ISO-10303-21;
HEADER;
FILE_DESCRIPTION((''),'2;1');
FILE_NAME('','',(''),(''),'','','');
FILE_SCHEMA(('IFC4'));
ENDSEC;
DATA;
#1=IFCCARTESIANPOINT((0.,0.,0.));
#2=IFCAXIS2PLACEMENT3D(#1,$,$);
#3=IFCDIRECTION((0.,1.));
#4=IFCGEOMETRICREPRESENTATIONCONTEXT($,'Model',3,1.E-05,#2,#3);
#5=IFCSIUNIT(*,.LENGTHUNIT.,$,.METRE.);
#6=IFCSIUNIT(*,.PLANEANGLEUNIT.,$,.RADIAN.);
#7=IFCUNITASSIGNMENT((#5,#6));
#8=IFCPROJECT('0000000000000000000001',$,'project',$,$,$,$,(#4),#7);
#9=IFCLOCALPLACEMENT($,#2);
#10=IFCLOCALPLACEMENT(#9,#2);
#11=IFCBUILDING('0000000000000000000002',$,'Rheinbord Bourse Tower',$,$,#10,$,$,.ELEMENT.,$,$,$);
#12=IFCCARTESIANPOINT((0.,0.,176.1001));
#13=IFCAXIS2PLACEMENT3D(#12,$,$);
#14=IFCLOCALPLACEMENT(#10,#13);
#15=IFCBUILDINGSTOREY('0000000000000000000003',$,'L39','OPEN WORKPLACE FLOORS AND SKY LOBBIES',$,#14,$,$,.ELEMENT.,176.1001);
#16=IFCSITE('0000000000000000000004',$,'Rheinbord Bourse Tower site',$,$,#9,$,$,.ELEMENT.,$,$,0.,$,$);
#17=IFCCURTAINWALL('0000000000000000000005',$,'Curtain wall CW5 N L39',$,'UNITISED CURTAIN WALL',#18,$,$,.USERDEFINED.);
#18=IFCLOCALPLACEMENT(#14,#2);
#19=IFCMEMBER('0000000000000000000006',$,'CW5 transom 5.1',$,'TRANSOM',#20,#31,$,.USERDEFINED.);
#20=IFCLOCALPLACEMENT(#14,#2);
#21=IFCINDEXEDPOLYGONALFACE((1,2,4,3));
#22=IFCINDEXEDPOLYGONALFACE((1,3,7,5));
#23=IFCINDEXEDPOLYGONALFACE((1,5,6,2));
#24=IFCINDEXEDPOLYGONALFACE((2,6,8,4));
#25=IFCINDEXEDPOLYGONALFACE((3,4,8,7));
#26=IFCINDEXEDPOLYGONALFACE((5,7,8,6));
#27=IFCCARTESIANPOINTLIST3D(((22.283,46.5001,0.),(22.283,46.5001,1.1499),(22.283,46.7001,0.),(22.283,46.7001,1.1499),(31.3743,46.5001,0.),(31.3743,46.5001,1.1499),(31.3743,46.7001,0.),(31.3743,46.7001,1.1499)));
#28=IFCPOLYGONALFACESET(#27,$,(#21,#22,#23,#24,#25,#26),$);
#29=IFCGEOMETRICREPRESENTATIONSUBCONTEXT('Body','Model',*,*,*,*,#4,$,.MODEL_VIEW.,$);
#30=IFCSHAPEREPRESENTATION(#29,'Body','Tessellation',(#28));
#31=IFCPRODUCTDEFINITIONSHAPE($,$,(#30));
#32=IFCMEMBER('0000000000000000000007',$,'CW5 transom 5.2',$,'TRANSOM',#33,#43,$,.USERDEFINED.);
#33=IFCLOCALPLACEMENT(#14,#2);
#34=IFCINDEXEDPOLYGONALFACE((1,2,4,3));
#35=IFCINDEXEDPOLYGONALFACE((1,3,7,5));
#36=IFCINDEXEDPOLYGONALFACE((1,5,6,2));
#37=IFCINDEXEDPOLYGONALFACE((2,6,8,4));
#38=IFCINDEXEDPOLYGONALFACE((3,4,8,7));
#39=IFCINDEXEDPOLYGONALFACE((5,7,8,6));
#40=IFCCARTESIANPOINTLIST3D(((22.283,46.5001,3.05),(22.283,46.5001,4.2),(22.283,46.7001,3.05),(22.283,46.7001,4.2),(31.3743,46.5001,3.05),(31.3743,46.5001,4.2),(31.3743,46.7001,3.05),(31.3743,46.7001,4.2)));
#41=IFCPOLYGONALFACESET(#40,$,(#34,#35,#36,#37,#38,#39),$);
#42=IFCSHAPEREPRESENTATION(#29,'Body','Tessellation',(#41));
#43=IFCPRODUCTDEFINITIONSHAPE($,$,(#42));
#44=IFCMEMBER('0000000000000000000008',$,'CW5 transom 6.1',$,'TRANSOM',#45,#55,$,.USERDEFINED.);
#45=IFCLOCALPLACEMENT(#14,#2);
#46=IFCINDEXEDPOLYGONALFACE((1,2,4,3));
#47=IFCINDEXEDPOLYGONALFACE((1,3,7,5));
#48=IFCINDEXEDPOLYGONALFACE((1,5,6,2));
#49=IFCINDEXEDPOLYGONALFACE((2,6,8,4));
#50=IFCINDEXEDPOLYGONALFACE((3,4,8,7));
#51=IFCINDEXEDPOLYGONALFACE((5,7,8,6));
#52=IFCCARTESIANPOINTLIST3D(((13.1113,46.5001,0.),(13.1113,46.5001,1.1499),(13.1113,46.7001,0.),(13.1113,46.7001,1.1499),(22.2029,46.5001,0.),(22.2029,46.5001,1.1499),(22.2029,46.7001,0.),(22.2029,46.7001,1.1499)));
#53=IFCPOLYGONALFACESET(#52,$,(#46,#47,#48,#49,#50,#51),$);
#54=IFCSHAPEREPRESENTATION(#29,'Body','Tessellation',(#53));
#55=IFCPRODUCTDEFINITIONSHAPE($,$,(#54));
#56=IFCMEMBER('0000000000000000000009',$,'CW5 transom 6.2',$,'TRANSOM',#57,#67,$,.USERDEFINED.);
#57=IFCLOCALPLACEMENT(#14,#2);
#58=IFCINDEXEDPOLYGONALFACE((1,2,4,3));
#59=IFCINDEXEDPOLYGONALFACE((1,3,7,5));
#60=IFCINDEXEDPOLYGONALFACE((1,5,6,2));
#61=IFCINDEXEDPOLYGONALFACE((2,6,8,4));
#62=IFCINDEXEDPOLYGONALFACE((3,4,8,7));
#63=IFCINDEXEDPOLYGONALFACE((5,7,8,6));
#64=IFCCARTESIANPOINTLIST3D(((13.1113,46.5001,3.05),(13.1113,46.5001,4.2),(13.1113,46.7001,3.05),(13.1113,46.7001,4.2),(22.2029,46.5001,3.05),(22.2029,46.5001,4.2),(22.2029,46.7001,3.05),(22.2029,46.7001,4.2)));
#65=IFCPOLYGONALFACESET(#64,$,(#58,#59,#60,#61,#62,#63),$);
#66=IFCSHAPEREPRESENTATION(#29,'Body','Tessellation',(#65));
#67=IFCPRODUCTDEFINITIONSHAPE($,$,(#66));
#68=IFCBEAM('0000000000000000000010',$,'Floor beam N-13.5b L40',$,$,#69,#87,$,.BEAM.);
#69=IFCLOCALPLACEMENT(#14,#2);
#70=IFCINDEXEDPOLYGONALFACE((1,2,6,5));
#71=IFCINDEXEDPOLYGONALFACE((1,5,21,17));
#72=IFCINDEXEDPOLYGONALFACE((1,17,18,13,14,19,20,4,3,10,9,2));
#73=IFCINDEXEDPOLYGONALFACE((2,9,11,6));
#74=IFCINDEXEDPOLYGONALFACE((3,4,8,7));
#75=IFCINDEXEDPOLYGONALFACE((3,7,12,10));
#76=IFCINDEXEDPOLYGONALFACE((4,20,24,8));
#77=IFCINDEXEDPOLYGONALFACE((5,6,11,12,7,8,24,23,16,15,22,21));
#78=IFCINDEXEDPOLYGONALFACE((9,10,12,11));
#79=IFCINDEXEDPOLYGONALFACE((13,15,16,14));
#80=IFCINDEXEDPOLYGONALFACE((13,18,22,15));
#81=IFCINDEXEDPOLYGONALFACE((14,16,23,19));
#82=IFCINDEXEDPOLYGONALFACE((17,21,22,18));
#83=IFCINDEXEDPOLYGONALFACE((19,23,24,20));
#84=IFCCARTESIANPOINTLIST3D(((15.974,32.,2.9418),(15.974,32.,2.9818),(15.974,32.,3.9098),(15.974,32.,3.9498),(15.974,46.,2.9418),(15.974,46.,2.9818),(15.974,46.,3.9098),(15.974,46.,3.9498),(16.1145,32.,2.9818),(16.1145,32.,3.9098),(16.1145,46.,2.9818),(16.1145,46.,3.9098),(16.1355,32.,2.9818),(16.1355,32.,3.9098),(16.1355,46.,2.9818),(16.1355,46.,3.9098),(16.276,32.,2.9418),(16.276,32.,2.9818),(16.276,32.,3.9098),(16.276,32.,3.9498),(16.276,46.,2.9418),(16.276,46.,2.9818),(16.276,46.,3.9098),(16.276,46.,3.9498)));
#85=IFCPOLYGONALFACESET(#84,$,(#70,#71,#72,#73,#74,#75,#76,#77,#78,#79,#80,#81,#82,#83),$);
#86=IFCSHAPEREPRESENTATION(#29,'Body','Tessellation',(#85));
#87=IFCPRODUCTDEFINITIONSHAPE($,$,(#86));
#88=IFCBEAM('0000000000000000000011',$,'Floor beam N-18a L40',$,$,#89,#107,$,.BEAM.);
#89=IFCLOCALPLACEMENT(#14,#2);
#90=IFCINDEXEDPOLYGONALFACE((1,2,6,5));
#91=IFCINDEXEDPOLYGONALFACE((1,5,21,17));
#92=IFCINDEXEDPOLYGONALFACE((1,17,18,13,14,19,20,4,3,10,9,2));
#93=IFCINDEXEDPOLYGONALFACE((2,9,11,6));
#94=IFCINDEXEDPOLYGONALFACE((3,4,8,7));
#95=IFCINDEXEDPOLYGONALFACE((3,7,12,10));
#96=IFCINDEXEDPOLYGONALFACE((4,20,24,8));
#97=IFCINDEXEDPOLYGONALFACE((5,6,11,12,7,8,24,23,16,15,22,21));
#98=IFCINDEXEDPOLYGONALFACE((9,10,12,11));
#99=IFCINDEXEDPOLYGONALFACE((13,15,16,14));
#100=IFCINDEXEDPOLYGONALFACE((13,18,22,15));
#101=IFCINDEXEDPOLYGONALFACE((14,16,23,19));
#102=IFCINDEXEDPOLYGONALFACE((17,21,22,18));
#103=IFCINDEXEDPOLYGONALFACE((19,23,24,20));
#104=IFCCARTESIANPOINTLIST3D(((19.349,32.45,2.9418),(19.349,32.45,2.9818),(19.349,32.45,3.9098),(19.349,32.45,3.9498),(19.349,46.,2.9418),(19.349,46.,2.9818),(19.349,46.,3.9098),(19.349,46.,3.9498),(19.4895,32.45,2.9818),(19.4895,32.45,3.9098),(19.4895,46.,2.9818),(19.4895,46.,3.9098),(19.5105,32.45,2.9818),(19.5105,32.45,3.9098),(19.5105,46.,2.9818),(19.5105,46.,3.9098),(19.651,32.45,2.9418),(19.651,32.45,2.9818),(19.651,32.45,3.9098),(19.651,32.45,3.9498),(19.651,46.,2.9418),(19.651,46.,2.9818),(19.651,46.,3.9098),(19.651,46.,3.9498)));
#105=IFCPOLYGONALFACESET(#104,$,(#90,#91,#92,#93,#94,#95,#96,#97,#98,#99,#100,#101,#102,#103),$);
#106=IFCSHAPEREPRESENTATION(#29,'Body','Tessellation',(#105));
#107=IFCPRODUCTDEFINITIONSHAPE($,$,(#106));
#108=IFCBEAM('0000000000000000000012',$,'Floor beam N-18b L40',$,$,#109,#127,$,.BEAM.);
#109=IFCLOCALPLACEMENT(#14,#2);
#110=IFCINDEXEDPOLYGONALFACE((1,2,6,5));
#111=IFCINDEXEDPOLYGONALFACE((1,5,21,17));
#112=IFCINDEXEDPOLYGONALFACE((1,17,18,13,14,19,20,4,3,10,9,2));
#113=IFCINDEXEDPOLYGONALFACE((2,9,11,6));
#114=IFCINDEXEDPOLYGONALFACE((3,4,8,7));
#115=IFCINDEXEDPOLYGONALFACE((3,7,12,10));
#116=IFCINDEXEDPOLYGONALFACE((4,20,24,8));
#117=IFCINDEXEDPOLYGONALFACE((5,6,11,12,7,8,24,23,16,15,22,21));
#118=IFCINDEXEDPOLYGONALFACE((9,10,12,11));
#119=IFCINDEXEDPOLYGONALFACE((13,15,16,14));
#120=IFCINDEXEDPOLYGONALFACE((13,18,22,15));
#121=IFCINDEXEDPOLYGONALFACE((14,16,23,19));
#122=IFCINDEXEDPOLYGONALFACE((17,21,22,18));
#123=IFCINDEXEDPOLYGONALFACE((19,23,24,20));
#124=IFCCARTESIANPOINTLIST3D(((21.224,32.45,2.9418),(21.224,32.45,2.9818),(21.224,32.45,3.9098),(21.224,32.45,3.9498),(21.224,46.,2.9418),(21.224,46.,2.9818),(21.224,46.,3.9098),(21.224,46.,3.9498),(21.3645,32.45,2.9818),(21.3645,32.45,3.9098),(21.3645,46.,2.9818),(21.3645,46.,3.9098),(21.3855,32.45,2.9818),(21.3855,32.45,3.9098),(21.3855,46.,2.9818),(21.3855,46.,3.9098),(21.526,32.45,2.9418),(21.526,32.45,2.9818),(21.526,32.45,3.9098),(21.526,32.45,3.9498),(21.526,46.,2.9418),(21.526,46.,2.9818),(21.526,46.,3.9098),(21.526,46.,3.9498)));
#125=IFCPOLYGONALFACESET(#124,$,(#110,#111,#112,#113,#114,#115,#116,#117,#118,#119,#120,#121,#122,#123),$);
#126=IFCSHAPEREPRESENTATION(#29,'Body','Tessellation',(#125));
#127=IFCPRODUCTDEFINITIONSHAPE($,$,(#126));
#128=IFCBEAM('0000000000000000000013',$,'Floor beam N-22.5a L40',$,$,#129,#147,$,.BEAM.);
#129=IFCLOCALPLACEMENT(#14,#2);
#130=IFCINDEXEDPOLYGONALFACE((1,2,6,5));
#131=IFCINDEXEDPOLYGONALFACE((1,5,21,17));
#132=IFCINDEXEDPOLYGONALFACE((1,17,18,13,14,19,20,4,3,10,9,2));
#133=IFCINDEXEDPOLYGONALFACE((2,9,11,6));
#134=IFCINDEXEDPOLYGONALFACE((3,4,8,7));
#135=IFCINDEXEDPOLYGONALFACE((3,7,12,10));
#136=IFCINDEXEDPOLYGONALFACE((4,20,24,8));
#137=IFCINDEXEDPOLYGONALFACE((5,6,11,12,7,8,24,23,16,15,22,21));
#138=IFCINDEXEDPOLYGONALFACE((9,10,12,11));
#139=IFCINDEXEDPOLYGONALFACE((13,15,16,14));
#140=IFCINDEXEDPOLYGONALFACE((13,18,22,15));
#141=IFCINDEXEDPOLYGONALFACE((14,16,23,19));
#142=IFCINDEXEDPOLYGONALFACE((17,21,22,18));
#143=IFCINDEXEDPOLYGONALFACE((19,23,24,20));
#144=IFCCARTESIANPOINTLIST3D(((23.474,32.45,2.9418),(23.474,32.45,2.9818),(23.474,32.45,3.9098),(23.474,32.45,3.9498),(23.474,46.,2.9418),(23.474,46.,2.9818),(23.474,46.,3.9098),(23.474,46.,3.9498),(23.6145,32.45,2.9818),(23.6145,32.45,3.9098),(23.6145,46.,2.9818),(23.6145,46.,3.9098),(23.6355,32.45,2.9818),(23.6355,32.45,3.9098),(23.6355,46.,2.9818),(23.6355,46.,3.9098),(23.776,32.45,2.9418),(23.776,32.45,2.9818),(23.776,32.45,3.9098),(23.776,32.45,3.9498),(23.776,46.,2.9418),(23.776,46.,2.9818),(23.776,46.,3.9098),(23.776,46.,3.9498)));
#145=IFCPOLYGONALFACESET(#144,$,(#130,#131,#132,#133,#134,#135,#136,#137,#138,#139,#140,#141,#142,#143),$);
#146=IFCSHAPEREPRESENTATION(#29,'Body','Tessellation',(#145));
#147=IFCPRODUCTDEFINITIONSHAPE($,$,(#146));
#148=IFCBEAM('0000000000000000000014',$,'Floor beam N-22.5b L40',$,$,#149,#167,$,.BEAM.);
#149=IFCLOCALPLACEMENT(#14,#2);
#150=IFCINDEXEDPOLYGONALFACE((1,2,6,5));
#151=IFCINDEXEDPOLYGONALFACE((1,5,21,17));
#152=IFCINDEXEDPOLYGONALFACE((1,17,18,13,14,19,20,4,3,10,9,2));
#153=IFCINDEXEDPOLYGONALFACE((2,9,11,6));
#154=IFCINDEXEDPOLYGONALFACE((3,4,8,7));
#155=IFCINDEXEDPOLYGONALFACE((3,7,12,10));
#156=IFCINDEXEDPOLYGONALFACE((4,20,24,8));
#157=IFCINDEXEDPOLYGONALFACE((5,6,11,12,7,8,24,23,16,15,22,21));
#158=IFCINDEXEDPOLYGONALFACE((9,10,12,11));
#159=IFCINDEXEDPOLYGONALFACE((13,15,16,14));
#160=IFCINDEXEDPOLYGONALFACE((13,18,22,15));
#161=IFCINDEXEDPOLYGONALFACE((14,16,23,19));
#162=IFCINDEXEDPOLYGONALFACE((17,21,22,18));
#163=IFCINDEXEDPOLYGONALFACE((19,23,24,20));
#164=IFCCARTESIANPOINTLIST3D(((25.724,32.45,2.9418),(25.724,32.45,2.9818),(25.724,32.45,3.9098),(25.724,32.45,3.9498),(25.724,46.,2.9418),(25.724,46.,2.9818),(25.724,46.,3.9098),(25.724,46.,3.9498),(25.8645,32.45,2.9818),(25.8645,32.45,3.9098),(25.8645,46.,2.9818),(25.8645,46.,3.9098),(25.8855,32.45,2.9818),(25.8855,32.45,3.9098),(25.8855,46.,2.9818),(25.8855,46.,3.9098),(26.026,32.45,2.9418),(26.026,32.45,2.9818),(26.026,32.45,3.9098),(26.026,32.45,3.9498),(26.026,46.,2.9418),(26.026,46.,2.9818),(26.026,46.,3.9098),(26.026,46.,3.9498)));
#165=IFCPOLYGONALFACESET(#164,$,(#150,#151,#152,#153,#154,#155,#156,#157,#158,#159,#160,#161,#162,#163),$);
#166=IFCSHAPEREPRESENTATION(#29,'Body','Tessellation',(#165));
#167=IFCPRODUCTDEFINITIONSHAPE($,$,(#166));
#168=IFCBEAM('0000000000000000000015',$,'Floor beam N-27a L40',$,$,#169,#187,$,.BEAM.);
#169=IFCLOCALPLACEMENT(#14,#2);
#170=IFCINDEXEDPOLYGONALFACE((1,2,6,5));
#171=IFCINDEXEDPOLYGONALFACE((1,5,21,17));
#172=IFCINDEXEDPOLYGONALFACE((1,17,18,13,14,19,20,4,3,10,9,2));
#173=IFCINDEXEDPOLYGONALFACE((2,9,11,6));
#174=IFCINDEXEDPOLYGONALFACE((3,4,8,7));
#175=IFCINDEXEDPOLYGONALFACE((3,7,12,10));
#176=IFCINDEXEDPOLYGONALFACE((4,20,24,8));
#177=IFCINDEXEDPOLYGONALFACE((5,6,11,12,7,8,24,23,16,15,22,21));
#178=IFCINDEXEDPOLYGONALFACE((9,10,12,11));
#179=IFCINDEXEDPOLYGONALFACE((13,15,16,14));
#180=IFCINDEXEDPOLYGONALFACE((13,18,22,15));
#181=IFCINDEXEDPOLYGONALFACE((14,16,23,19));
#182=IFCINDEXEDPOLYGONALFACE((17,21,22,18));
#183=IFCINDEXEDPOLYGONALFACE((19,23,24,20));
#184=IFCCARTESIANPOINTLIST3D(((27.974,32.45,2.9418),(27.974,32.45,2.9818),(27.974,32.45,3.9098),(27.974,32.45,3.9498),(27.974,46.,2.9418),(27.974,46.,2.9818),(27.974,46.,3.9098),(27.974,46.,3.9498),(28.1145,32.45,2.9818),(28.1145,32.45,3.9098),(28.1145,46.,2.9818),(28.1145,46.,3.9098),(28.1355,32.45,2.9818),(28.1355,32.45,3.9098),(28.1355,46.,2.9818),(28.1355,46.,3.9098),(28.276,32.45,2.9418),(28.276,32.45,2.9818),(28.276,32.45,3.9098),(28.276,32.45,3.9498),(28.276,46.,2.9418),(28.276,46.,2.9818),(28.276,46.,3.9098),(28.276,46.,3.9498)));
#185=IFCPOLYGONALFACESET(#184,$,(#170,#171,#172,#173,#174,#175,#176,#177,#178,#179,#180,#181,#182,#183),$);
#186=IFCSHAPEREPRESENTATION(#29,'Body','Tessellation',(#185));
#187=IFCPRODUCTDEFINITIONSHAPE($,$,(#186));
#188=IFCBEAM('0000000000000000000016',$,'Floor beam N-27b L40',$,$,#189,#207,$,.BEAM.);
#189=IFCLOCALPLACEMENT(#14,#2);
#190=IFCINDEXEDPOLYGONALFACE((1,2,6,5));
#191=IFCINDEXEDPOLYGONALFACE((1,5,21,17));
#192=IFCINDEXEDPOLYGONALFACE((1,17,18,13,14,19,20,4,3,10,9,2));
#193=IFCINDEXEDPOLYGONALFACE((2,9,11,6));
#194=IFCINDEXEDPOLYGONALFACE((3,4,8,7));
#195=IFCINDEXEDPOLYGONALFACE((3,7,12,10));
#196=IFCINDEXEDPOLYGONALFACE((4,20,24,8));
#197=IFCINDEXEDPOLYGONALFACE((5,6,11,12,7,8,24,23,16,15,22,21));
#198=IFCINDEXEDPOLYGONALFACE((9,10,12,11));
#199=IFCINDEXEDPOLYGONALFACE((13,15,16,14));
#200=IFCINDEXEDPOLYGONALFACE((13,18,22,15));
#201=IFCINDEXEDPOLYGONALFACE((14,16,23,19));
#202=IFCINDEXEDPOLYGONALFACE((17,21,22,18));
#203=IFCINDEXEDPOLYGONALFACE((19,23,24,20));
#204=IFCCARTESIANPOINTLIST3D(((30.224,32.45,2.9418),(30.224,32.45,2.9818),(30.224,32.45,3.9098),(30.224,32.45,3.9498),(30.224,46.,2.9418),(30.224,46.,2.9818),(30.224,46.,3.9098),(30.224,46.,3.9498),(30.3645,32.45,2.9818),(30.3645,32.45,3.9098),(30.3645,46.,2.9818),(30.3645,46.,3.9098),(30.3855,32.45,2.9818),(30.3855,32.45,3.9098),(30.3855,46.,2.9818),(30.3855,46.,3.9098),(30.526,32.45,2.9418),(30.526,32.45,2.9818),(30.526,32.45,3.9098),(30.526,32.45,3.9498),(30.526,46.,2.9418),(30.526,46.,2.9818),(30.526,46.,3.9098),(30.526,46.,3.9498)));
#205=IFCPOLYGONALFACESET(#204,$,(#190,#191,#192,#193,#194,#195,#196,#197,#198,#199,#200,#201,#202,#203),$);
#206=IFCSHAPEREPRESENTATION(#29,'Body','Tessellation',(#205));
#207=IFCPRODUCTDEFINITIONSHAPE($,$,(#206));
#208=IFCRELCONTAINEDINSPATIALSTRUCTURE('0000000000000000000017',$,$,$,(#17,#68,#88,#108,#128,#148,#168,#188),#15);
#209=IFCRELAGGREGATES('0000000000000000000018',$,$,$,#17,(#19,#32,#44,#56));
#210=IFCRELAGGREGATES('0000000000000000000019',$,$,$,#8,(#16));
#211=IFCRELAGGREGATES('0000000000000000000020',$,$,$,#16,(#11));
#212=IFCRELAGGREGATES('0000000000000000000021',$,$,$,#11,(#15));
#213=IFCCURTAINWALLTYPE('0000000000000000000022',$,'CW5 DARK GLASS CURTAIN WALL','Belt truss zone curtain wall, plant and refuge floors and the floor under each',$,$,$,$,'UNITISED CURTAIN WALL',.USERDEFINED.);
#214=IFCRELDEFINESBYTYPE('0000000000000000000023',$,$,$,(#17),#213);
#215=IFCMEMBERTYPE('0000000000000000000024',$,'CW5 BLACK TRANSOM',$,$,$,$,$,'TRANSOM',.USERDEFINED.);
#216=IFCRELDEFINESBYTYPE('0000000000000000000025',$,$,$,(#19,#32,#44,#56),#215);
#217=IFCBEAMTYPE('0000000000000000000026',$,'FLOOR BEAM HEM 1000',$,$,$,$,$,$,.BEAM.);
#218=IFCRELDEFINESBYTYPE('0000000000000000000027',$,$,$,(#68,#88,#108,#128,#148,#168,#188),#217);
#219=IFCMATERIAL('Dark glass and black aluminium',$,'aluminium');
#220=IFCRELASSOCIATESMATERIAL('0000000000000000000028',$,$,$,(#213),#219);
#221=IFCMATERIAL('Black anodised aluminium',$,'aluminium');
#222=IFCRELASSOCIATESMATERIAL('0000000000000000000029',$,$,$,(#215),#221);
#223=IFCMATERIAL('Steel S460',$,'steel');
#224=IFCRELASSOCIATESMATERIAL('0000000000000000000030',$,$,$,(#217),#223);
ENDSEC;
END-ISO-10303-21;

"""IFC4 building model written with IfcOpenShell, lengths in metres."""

from ifc_helpers import new_model, si_unit, direction, frame, origin, origin_2d, place, context, subcontext, project, spatial, rectangle, i_section, extrude, material, material_profile, profile_set, type_object, element, aggregate, save


model = new_model("IFC4")

# Units and contexts
model_context = context("Model", 3, precision=1e-05, world=origin(), true_north=direction((0.0, 1.0)))
body_context = subcontext(model_context, "Body", "Model", "MODEL_VIEW")
ifc_project = project(units=[si_unit("LENGTHUNIT", "METRE"), si_unit("PLANEANGLEUNIT", "RADIAN")], contexts=[model_context])

# Site, building, storey
site_placement = place(None, origin())
site = spatial("IfcSite", under=ifc_project, at=site_placement, Name="Rheinbord Bourse Tower site", CompositionType="ELEMENT", RefElevation=0.0)
building_placement = place(site_placement, origin())
building = spatial("IfcBuilding", under=site, at=building_placement, Name="Rheinbord Bourse Tower", CompositionType="ELEMENT")
storey_placement = place(building_placement, frame((0.0, 0.0, 176.1001)))
storey = spatial("IfcBuildingStorey", under=building, at=storey_placement, Name="L39", Description="OPEN WORKPLACE FLOORS AND SKY LOBBIES", CompositionType="ELEMENT", Elevation=176.1001)

# Curtain wall, members
ifc_material_1 = material(Name="Dark glass and black aluminium", Category="aluminium")
curtain_wall_type = type_object("IfcCurtainWallType", Name="CW5 DARK GLASS CURTAIN WALL", Description="Belt truss zone curtain wall, plant and refuge floors and the floor under each", ElementType="UNITISED CURTAIN WALL", PredefinedType="USERDEFINED", material=ifc_material_1)
curtain_wall_placement = place(storey_placement, origin())
curtain_wall = element("IfcCurtainWall", 1, at=curtain_wall_placement, inside=storey, type_object=curtain_wall_type, Name="Curtain wall CW5 N L39", ObjectType="UNITISED CURTAIN WALL", PredefinedType="USERDEFINED")
ifc_material_2 = material(Name="Black anodised aluminium", Category="aluminium")
ifc_material_profile_1 = material_profile(ifc_material_2, rectangle(XDim=0.2, YDim=1.1499, at=origin_2d()), Name="CW5 TRANSOM 1150x200")
ifc_profile_set_1 = profile_set([ifc_material_profile_1], Name="Black anodised aluminium")
member_type_1 = type_object("IfcMemberType", Name="CW5 BLACK TRANSOM", ElementType="TRANSOM", PredefinedType="USERDEFINED", material=ifc_profile_set_1)
member_1_placement = place(storey_placement, frame((31.3743, 46.6001, 0.575), z_axis=(-1.0, 0.0, 0.0), x_axis=(0.0, -1.0, 0.0)))
member_1 = element("IfcMember", 2, at=member_1_placement, type_object=member_type_1, Name="CW5 transom 5.1", ObjectType="TRANSOM", PredefinedType="USERDEFINED", context=body_context, shape_type="SweptSolid", body=[
    extrude(rectangle(XDim=0.2, YDim=1.1499, at=origin_2d()), origin(), (0.0, 0.0, 1.0), 9.0913),
])
member_2_placement = place(storey_placement, frame((31.3743, 46.6001, 3.625), z_axis=(-1.0, 0.0, 0.0), x_axis=(0.0, -1.0, 0.0)))
member_2 = element("IfcMember", 3, at=member_2_placement, type_object=member_type_1, Name="CW5 transom 5.2", ObjectType="TRANSOM", PredefinedType="USERDEFINED", context=body_context, shape_type="SweptSolid", body=[
    extrude(rectangle(XDim=0.2, YDim=1.1499, at=origin_2d()), origin(), (0.0, 0.0, 1.0), 9.0913),
])
member_3_placement = place(storey_placement, frame((22.2029, 46.6001, 0.575), z_axis=(-1.0, 0.0, 0.0), x_axis=(0.0, -1.0, 0.0)))
member_3 = element("IfcMember", 4, at=member_3_placement, type_object=member_type_1, Name="CW5 transom 6.1", ObjectType="TRANSOM", PredefinedType="USERDEFINED", context=body_context, shape_type="SweptSolid", body=[
    extrude(rectangle(XDim=0.2, YDim=1.1499, at=origin_2d()), origin(), (0.0, 0.0, 1.0), 9.0916),
])
member_4_placement = place(storey_placement, frame((22.2029, 46.6001, 3.625), z_axis=(-1.0, 0.0, 0.0), x_axis=(0.0, -1.0, 0.0)))
member_4 = element("IfcMember", 5, at=member_4_placement, type_object=member_type_1, Name="CW5 transom 6.2", ObjectType="TRANSOM", PredefinedType="USERDEFINED", context=body_context, shape_type="SweptSolid", body=[
    extrude(rectangle(XDim=0.2, YDim=1.1499, at=origin_2d()), origin(), (0.0, 0.0, 1.0), 9.0916),
])

# Beams
ifc_material_3 = material(Name="Steel S460", Category="steel")
ifc_material_profile_2 = material_profile(ifc_material_3, i_section(OverallWidth=0.302, OverallDepth=1.0081, WebThickness=0.021, FlangeThickness=0.04, at=origin_2d()), Name="HEM 1000")
ifc_profile_set_2 = profile_set([ifc_material_profile_2], Name="Steel S460")
beam_type_1 = type_object("IfcBeamType", Name="FLOOR BEAM HEM 1000", PredefinedType="BEAM", material=ifc_profile_set_2)
beam_placement = place(storey_placement, frame((16.125, 46.0, 3.4458), z_axis=(0.0, -1.0, 0.0), x_axis=(1.0, 0.0, 0.0)))
element("IfcBeam", 6, at=beam_placement, inside=storey, type_object=beam_type_1, Name="Floor beam N-13.5b L40", PredefinedType="BEAM", context=body_context, shape_type="SweptSolid", body=[
    extrude(i_section(OverallWidth=0.302, OverallDepth=1.0081, WebThickness=0.021, FlangeThickness=0.04, at=origin_2d()), origin(), (0.0, 0.0, 1.0), 14.0),
])
for number, where, z_axis, x_axis, name in (
    (7, (19.5, 46.0, 3.4458), (0.0, -1.0, 0.0), (1.0, 0.0, 0.0), "Floor beam N-18a L40"),
    (8, (21.375, 46.0, 3.4458), (0.0, -1.0, 0.0), (1.0, 0.0, 0.0), "Floor beam N-18b L40"),
    (9, (23.625, 46.0, 3.4458), (0.0, -1.0, 0.0), (1.0, 0.0, 0.0), "Floor beam N-22.5a L40"),
    (10, (25.875, 46.0, 3.4458), (0.0, -1.0, 0.0), (1.0, 0.0, 0.0), "Floor beam N-22.5b L40"),
    (11, (28.125, 46.0, 3.4458), (0.0, -1.0, 0.0), (1.0, 0.0, 0.0), "Floor beam N-27a L40"),
    (12, (30.375, 46.0, 3.4458), (0.0, -1.0, 0.0), (1.0, 0.0, 0.0), "Floor beam N-27b L40"),
):
    element("IfcBeam", number, at=place(storey_placement, frame(where, z_axis=z_axis, x_axis=x_axis)), inside=storey, type_object=beam_type_1, Name=name, PredefinedType="BEAM", context=body_context, shape_type="SweptSolid", body=[
        extrude(i_section(OverallWidth=0.302, OverallDepth=1.0081, WebThickness=0.021, FlangeThickness=0.04, at=origin_2d()), origin(), (0.0, 0.0, 1.0), 13.55),
    ])

aggregate(curtain_wall, [member_1, member_2, member_3, member_4])

save(model, "model.ifc")
